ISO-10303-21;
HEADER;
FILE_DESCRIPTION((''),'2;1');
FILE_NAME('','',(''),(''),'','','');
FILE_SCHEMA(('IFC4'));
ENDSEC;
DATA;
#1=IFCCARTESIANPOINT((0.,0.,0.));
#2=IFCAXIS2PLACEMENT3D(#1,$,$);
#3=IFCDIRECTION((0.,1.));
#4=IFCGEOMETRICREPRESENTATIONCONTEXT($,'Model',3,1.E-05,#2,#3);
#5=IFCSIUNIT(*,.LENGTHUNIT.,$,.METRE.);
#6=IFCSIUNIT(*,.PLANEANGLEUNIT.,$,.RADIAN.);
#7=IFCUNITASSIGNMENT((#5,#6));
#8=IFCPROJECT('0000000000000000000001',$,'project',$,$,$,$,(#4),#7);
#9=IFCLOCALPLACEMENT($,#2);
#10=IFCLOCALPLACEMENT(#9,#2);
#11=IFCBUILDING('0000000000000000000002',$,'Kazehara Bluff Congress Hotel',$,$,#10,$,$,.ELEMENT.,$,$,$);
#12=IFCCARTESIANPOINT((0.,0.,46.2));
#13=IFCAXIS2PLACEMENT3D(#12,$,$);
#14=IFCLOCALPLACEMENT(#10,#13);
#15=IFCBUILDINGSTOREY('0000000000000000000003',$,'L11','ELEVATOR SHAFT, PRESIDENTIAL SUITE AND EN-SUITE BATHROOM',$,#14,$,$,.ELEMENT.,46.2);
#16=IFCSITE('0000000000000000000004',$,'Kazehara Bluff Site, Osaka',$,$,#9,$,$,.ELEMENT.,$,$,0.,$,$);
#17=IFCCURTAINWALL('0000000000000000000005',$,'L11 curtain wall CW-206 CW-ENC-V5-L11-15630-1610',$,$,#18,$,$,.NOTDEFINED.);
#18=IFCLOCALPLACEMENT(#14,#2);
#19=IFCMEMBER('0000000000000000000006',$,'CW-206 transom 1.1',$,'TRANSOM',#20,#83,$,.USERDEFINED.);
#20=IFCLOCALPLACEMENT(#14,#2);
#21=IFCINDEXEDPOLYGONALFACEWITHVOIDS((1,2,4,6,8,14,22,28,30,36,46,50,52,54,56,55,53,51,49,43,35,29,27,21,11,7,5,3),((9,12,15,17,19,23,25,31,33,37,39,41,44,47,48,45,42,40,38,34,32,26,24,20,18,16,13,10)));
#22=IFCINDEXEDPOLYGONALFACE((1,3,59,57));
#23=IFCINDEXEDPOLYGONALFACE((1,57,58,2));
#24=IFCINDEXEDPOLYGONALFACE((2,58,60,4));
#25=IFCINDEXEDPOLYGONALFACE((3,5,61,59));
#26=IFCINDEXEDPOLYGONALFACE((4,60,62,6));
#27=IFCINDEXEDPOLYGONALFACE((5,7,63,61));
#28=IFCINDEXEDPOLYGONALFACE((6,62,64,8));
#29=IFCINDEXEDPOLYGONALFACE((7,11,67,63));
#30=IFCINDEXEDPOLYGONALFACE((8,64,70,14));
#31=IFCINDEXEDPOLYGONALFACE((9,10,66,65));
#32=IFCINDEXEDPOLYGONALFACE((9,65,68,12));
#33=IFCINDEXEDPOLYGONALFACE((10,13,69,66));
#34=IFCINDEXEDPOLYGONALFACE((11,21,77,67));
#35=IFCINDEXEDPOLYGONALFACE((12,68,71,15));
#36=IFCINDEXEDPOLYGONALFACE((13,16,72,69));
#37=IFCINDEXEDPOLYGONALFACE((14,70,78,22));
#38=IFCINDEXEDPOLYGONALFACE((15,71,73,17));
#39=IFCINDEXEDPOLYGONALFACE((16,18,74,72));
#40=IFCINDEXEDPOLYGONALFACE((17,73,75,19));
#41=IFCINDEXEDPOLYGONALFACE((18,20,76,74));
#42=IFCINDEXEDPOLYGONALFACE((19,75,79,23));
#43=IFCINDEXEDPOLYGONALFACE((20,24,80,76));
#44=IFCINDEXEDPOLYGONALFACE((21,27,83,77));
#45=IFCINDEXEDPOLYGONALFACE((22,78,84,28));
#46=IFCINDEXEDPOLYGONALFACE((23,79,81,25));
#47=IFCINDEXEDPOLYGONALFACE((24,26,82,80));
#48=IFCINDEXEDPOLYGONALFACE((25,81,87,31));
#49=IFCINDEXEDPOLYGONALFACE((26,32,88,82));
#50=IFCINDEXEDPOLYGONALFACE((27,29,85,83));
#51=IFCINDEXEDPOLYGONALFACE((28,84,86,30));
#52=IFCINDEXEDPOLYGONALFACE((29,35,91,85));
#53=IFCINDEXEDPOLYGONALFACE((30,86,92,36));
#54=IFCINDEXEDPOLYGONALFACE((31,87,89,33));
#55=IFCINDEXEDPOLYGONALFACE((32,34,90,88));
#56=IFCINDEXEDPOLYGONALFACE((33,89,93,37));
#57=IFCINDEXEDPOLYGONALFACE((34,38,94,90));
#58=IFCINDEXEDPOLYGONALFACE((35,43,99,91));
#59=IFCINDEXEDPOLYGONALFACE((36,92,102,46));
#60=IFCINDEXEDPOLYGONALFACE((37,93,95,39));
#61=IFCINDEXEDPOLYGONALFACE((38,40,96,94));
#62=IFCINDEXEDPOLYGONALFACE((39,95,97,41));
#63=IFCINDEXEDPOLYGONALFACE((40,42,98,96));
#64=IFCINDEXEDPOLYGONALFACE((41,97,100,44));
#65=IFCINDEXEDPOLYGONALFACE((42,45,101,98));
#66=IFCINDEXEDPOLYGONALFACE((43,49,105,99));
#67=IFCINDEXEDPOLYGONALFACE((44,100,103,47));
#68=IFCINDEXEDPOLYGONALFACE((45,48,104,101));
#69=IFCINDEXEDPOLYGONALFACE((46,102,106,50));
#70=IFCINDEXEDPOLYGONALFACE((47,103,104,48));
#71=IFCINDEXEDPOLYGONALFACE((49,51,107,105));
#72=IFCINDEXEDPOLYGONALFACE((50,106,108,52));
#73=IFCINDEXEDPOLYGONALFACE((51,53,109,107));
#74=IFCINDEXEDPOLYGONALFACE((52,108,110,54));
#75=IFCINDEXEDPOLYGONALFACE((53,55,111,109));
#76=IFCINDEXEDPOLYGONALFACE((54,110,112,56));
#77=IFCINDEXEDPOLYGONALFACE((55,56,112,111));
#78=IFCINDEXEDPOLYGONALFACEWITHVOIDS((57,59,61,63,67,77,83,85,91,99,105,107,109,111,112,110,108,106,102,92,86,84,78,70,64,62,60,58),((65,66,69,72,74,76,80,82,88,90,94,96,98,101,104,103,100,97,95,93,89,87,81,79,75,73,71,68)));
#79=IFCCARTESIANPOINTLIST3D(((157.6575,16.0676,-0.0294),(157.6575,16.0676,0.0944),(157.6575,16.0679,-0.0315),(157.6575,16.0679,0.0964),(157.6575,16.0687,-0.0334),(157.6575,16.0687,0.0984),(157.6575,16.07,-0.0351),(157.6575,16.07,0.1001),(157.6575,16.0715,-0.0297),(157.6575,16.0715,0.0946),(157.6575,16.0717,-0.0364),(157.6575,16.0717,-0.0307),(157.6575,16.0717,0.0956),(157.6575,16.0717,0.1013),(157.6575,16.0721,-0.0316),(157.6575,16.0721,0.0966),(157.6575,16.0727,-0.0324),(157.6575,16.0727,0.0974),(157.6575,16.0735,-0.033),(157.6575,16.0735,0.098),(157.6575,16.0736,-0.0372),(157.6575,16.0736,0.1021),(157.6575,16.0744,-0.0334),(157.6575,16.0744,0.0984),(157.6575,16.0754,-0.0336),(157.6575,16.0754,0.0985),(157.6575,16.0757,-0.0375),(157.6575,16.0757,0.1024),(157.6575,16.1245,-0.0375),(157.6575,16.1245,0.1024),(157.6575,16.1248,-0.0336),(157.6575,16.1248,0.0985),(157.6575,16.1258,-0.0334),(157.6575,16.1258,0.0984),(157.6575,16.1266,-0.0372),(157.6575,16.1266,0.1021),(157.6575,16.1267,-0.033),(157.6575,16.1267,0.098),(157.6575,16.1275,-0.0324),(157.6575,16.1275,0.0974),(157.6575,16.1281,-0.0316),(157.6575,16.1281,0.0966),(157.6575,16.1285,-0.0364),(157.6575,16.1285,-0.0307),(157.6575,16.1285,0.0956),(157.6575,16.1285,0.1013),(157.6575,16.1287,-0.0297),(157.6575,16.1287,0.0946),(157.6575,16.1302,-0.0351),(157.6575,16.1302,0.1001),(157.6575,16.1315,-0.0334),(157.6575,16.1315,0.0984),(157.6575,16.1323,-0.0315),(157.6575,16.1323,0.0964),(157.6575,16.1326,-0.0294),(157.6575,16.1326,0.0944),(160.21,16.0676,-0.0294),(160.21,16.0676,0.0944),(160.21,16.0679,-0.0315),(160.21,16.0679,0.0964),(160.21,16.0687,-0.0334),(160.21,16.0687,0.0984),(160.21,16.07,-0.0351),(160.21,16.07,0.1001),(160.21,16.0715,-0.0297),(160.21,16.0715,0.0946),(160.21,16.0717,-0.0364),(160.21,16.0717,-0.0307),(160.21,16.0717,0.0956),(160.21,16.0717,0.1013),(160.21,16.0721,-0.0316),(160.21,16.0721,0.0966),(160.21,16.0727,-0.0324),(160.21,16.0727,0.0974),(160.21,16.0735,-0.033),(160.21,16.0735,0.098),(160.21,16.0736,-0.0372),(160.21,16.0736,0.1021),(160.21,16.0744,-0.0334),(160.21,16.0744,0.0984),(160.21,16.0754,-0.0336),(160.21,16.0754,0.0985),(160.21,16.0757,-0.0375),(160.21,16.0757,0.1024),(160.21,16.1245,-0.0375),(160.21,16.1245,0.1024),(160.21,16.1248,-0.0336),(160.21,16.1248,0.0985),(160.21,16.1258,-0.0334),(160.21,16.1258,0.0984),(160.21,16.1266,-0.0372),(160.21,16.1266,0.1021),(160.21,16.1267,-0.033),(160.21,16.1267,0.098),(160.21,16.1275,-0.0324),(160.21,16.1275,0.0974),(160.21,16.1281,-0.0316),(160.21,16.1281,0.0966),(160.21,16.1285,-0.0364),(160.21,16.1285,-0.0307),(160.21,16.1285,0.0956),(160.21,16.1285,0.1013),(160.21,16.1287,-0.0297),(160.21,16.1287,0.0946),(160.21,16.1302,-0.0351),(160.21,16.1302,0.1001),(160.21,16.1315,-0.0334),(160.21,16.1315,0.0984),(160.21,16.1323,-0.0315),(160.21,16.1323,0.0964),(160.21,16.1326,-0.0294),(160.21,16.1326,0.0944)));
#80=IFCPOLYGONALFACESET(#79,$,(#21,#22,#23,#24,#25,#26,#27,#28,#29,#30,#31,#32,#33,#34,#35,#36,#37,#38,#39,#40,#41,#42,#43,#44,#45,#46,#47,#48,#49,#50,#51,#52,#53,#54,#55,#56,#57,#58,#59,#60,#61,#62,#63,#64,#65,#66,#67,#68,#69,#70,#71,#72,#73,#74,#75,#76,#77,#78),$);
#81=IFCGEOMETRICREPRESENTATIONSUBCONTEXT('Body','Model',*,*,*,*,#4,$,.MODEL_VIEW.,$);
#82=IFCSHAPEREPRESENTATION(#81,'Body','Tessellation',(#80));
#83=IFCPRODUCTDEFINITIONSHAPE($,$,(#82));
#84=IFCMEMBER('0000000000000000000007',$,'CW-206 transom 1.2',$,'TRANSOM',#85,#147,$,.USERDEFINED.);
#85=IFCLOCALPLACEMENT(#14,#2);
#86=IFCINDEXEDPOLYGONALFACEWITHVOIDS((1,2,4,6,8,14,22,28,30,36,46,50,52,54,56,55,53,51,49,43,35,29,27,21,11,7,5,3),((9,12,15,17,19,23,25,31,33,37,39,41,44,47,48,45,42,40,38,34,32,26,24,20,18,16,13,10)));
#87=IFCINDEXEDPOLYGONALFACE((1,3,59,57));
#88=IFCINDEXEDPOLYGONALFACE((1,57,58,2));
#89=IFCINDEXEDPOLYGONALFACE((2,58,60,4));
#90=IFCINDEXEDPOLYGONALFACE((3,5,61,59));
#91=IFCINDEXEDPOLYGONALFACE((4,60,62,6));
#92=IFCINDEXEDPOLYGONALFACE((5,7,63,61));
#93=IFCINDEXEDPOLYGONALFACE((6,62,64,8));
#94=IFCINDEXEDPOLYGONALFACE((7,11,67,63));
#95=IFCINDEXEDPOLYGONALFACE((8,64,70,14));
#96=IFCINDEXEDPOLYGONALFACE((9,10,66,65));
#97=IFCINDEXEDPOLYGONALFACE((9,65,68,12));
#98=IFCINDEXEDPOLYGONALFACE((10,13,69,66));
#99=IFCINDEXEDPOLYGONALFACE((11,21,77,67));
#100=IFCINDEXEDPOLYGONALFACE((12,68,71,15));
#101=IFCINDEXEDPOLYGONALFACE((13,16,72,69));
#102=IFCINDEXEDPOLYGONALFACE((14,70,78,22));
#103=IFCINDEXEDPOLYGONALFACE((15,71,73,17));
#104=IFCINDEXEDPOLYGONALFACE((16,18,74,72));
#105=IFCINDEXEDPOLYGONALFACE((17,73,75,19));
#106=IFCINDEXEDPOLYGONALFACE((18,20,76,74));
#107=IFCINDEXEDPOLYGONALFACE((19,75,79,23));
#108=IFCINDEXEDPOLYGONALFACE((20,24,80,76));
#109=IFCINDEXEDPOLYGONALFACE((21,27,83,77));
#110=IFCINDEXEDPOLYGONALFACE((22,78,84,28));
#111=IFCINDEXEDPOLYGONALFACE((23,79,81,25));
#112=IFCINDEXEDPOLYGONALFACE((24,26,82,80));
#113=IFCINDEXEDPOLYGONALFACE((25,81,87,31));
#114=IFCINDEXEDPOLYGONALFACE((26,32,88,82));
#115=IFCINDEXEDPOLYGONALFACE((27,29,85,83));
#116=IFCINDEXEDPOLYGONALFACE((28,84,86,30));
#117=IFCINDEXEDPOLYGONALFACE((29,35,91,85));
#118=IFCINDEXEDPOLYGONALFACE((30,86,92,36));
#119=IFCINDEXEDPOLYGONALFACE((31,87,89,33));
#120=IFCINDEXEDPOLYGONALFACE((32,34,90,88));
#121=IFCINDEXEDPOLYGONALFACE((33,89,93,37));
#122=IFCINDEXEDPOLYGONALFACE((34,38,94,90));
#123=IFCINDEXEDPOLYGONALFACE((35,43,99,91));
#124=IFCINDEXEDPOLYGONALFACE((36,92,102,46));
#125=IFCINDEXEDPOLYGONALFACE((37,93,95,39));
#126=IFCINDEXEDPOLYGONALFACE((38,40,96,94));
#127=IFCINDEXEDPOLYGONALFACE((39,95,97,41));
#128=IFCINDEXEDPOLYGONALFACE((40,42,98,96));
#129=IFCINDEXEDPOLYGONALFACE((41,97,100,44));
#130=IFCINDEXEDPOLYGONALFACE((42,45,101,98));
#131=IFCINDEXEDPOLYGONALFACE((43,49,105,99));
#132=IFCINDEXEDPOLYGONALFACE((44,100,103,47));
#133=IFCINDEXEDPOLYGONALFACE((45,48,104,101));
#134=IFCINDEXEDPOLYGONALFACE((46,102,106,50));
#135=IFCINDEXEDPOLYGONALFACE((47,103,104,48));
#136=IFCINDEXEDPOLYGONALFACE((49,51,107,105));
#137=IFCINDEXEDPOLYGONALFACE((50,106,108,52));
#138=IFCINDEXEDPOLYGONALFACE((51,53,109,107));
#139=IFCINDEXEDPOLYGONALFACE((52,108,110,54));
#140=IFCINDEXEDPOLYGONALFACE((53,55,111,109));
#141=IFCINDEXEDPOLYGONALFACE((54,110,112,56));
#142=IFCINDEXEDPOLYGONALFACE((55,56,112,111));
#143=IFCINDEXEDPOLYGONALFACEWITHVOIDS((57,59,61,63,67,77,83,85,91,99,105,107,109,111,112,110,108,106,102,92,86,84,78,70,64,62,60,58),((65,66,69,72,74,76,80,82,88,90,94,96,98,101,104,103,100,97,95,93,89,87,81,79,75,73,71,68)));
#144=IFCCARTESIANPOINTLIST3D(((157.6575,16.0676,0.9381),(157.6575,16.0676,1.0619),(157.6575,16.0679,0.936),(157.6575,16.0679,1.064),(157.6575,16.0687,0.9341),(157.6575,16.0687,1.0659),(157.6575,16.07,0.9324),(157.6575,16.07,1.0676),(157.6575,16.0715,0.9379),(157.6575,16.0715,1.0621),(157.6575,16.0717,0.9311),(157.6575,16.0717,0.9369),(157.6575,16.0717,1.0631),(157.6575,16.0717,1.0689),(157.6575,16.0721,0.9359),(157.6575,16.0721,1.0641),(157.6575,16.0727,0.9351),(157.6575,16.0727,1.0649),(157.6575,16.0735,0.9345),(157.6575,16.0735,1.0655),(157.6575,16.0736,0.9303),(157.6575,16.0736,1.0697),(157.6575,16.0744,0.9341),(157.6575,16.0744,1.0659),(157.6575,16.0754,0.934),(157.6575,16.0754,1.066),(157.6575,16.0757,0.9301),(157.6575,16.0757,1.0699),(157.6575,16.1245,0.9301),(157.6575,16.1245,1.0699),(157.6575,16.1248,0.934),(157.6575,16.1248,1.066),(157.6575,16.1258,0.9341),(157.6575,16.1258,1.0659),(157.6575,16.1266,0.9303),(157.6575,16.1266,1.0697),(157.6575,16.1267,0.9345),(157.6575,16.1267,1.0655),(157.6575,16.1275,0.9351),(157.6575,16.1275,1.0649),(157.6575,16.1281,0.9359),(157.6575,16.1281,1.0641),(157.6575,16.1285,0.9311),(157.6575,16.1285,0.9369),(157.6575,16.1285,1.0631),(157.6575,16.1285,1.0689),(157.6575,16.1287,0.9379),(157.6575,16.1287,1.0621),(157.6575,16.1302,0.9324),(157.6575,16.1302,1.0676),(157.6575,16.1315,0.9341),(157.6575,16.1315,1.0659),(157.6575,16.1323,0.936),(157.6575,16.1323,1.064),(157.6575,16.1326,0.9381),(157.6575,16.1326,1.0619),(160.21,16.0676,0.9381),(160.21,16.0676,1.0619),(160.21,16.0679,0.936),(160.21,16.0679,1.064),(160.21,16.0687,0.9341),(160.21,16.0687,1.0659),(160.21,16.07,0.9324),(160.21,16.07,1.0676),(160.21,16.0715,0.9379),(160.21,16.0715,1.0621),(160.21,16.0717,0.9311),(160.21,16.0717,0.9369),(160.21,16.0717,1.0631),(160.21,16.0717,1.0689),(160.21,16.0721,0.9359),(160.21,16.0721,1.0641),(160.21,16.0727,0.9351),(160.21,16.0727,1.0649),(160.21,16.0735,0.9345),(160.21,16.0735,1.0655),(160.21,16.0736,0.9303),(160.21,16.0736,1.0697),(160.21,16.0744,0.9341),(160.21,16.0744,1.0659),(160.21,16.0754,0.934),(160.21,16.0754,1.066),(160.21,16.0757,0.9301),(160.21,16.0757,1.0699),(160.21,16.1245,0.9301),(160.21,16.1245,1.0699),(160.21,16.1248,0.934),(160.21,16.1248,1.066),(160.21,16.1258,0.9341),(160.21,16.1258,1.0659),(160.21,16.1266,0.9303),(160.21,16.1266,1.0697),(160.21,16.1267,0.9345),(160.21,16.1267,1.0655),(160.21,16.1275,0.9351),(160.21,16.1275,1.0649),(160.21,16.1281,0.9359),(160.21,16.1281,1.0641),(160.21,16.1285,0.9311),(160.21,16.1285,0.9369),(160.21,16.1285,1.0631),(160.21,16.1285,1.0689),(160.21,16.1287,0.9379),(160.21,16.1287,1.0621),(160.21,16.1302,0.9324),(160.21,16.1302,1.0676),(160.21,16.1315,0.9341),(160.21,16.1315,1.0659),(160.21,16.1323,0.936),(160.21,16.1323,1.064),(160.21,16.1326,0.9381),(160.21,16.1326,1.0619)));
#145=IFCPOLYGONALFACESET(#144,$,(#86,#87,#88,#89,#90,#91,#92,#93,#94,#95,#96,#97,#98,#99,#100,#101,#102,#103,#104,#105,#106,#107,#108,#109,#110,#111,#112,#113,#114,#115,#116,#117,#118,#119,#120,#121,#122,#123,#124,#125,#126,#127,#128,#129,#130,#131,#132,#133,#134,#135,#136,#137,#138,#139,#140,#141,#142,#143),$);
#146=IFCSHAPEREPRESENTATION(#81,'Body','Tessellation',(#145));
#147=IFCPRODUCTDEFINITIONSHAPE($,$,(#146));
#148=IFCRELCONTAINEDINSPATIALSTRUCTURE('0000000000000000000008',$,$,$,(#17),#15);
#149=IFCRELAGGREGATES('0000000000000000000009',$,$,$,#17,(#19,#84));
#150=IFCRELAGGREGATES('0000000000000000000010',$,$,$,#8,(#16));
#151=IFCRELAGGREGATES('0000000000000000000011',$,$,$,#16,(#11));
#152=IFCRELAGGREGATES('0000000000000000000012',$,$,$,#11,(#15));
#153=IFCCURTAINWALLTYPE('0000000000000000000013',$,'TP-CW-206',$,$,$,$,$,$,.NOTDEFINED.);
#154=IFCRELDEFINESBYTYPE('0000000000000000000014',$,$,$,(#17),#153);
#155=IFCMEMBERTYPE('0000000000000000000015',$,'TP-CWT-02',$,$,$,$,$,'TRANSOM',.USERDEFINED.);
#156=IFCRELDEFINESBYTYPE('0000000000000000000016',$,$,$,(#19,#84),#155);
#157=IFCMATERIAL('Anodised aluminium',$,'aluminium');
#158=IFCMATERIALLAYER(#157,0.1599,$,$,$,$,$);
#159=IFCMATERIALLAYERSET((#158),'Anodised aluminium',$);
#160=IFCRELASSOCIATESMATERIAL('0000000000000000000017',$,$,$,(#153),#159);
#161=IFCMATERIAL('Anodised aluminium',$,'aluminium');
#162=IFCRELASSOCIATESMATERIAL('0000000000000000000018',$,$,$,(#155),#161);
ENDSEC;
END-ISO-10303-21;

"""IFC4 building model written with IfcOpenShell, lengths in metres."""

from ifc_helpers import new_model, si_unit, direction, frame, origin, origin_2d, place, context, subcontext, project, spatial, hollow_rectangle, extrude, material, layer, layer_set, material_profile, profile_set, type_object, element, aggregate, save


model = new_model("IFC4")

# Units and contexts
model_context = context("Model", 3, precision=1e-05, world=origin(), true_north=direction((0.0, 1.0)))
body_context = subcontext(model_context, "Body", "Model", "MODEL_VIEW")
ifc_project = project(units=[si_unit("LENGTHUNIT", "METRE"), si_unit("PLANEANGLEUNIT", "RADIAN")], contexts=[model_context])

# Site, building, storey
site_placement = place(None, origin())
site = spatial("IfcSite", under=ifc_project, at=site_placement, Name="Kazehara Bluff Site, Osaka", CompositionType="ELEMENT", RefElevation=0.0)
building_placement = place(site_placement, origin())
building = spatial("IfcBuilding", under=site, at=building_placement, Name="Kazehara Bluff Congress Hotel", CompositionType="ELEMENT")
storey_placement = place(building_placement, frame((0.0, 0.0, 46.2)))
storey = spatial("IfcBuildingStorey", under=building, at=storey_placement, Name="L11", Description="ELEVATOR SHAFT, PRESIDENTIAL SUITE AND EN-SUITE BATHROOM", CompositionType="ELEMENT", Elevation=46.2)

# Curtain wall
ifc_material_1 = material(Name="Anodised aluminium", Category="aluminium")
ifc_layer_1 = layer(ifc_material_1, 0.1599)
ifc_layer_set_1 = layer_set([ifc_layer_1], Name="Anodised aluminium")
curtain_wall_type_1 = type_object("IfcCurtainWallType", Name="TP-CW-206", PredefinedType="NOTDEFINED", material=ifc_layer_set_1)
curtain_wall_1_placement = place(storey_placement, origin())
curtain_wall_1 = element("IfcCurtainWall", 1, at=curtain_wall_1_placement, inside=storey, type_object=curtain_wall_type_1, Name="L11 curtain wall CW-206 CW-ENC-V5-L11-15630-1610", PredefinedType="NOTDEFINED")

# Members
ifc_material_2 = material(Name="Anodised aluminium", Category="aluminium")
ifc_material_profile_1 = material_profile(ifc_material_2, hollow_rectangle(XDim=0.0649, YDim=0.1399, WallThickness=0.0039, InnerFilletRadius=0.0039, OuterFilletRadius=0.0081, at=origin_2d()))
ifc_profile_set_1 = profile_set([ifc_material_profile_1], Name="Anodised aluminium")
member_type_1 = type_object("IfcMemberType", Name="TP-CWT-02", ElementType="TRANSOM", PredefinedType="USERDEFINED", material=ifc_profile_set_1)
member_1_placement = place(storey_placement, frame((160.21, 16.1001, 0.0325), z_axis=(-1.0, 0.0, 0.0), x_axis=(0.0, -1.0, 0.0)))
member_1 = element("IfcMember", 2, at=member_1_placement, type_object=member_type_1, Name="CW-206 transom 1.1", ObjectType="TRANSOM", PredefinedType="USERDEFINED", context=body_context, shape_type="SweptSolid", body=[
    extrude(hollow_rectangle(XDim=0.0649, YDim=0.1399, WallThickness=0.0039, InnerFilletRadius=0.0039, OuterFilletRadius=0.0081, at=origin_2d()), origin(), (0.0, 0.0, 1.0), 2.5525),
])
member_2_placement = place(storey_placement, frame((160.21, 16.1001, 1.0), z_axis=(-1.0, 0.0, 0.0), x_axis=(0.0, -1.0, 0.0)))
member_2 = element("IfcMember", 3, at=member_2_placement, type_object=member_type_1, Name="CW-206 transom 1.2", ObjectType="TRANSOM", PredefinedType="USERDEFINED", context=body_context, shape_type="SweptSolid", body=[
    extrude(hollow_rectangle(XDim=0.0649, YDim=0.1399, WallThickness=0.0039, InnerFilletRadius=0.0039, OuterFilletRadius=0.0081, at=origin_2d()), origin(), (0.0, 0.0, 1.0), 2.5525),
])

aggregate(curtain_wall_1, [member_1, member_2])

save(model, "model.ifc")
